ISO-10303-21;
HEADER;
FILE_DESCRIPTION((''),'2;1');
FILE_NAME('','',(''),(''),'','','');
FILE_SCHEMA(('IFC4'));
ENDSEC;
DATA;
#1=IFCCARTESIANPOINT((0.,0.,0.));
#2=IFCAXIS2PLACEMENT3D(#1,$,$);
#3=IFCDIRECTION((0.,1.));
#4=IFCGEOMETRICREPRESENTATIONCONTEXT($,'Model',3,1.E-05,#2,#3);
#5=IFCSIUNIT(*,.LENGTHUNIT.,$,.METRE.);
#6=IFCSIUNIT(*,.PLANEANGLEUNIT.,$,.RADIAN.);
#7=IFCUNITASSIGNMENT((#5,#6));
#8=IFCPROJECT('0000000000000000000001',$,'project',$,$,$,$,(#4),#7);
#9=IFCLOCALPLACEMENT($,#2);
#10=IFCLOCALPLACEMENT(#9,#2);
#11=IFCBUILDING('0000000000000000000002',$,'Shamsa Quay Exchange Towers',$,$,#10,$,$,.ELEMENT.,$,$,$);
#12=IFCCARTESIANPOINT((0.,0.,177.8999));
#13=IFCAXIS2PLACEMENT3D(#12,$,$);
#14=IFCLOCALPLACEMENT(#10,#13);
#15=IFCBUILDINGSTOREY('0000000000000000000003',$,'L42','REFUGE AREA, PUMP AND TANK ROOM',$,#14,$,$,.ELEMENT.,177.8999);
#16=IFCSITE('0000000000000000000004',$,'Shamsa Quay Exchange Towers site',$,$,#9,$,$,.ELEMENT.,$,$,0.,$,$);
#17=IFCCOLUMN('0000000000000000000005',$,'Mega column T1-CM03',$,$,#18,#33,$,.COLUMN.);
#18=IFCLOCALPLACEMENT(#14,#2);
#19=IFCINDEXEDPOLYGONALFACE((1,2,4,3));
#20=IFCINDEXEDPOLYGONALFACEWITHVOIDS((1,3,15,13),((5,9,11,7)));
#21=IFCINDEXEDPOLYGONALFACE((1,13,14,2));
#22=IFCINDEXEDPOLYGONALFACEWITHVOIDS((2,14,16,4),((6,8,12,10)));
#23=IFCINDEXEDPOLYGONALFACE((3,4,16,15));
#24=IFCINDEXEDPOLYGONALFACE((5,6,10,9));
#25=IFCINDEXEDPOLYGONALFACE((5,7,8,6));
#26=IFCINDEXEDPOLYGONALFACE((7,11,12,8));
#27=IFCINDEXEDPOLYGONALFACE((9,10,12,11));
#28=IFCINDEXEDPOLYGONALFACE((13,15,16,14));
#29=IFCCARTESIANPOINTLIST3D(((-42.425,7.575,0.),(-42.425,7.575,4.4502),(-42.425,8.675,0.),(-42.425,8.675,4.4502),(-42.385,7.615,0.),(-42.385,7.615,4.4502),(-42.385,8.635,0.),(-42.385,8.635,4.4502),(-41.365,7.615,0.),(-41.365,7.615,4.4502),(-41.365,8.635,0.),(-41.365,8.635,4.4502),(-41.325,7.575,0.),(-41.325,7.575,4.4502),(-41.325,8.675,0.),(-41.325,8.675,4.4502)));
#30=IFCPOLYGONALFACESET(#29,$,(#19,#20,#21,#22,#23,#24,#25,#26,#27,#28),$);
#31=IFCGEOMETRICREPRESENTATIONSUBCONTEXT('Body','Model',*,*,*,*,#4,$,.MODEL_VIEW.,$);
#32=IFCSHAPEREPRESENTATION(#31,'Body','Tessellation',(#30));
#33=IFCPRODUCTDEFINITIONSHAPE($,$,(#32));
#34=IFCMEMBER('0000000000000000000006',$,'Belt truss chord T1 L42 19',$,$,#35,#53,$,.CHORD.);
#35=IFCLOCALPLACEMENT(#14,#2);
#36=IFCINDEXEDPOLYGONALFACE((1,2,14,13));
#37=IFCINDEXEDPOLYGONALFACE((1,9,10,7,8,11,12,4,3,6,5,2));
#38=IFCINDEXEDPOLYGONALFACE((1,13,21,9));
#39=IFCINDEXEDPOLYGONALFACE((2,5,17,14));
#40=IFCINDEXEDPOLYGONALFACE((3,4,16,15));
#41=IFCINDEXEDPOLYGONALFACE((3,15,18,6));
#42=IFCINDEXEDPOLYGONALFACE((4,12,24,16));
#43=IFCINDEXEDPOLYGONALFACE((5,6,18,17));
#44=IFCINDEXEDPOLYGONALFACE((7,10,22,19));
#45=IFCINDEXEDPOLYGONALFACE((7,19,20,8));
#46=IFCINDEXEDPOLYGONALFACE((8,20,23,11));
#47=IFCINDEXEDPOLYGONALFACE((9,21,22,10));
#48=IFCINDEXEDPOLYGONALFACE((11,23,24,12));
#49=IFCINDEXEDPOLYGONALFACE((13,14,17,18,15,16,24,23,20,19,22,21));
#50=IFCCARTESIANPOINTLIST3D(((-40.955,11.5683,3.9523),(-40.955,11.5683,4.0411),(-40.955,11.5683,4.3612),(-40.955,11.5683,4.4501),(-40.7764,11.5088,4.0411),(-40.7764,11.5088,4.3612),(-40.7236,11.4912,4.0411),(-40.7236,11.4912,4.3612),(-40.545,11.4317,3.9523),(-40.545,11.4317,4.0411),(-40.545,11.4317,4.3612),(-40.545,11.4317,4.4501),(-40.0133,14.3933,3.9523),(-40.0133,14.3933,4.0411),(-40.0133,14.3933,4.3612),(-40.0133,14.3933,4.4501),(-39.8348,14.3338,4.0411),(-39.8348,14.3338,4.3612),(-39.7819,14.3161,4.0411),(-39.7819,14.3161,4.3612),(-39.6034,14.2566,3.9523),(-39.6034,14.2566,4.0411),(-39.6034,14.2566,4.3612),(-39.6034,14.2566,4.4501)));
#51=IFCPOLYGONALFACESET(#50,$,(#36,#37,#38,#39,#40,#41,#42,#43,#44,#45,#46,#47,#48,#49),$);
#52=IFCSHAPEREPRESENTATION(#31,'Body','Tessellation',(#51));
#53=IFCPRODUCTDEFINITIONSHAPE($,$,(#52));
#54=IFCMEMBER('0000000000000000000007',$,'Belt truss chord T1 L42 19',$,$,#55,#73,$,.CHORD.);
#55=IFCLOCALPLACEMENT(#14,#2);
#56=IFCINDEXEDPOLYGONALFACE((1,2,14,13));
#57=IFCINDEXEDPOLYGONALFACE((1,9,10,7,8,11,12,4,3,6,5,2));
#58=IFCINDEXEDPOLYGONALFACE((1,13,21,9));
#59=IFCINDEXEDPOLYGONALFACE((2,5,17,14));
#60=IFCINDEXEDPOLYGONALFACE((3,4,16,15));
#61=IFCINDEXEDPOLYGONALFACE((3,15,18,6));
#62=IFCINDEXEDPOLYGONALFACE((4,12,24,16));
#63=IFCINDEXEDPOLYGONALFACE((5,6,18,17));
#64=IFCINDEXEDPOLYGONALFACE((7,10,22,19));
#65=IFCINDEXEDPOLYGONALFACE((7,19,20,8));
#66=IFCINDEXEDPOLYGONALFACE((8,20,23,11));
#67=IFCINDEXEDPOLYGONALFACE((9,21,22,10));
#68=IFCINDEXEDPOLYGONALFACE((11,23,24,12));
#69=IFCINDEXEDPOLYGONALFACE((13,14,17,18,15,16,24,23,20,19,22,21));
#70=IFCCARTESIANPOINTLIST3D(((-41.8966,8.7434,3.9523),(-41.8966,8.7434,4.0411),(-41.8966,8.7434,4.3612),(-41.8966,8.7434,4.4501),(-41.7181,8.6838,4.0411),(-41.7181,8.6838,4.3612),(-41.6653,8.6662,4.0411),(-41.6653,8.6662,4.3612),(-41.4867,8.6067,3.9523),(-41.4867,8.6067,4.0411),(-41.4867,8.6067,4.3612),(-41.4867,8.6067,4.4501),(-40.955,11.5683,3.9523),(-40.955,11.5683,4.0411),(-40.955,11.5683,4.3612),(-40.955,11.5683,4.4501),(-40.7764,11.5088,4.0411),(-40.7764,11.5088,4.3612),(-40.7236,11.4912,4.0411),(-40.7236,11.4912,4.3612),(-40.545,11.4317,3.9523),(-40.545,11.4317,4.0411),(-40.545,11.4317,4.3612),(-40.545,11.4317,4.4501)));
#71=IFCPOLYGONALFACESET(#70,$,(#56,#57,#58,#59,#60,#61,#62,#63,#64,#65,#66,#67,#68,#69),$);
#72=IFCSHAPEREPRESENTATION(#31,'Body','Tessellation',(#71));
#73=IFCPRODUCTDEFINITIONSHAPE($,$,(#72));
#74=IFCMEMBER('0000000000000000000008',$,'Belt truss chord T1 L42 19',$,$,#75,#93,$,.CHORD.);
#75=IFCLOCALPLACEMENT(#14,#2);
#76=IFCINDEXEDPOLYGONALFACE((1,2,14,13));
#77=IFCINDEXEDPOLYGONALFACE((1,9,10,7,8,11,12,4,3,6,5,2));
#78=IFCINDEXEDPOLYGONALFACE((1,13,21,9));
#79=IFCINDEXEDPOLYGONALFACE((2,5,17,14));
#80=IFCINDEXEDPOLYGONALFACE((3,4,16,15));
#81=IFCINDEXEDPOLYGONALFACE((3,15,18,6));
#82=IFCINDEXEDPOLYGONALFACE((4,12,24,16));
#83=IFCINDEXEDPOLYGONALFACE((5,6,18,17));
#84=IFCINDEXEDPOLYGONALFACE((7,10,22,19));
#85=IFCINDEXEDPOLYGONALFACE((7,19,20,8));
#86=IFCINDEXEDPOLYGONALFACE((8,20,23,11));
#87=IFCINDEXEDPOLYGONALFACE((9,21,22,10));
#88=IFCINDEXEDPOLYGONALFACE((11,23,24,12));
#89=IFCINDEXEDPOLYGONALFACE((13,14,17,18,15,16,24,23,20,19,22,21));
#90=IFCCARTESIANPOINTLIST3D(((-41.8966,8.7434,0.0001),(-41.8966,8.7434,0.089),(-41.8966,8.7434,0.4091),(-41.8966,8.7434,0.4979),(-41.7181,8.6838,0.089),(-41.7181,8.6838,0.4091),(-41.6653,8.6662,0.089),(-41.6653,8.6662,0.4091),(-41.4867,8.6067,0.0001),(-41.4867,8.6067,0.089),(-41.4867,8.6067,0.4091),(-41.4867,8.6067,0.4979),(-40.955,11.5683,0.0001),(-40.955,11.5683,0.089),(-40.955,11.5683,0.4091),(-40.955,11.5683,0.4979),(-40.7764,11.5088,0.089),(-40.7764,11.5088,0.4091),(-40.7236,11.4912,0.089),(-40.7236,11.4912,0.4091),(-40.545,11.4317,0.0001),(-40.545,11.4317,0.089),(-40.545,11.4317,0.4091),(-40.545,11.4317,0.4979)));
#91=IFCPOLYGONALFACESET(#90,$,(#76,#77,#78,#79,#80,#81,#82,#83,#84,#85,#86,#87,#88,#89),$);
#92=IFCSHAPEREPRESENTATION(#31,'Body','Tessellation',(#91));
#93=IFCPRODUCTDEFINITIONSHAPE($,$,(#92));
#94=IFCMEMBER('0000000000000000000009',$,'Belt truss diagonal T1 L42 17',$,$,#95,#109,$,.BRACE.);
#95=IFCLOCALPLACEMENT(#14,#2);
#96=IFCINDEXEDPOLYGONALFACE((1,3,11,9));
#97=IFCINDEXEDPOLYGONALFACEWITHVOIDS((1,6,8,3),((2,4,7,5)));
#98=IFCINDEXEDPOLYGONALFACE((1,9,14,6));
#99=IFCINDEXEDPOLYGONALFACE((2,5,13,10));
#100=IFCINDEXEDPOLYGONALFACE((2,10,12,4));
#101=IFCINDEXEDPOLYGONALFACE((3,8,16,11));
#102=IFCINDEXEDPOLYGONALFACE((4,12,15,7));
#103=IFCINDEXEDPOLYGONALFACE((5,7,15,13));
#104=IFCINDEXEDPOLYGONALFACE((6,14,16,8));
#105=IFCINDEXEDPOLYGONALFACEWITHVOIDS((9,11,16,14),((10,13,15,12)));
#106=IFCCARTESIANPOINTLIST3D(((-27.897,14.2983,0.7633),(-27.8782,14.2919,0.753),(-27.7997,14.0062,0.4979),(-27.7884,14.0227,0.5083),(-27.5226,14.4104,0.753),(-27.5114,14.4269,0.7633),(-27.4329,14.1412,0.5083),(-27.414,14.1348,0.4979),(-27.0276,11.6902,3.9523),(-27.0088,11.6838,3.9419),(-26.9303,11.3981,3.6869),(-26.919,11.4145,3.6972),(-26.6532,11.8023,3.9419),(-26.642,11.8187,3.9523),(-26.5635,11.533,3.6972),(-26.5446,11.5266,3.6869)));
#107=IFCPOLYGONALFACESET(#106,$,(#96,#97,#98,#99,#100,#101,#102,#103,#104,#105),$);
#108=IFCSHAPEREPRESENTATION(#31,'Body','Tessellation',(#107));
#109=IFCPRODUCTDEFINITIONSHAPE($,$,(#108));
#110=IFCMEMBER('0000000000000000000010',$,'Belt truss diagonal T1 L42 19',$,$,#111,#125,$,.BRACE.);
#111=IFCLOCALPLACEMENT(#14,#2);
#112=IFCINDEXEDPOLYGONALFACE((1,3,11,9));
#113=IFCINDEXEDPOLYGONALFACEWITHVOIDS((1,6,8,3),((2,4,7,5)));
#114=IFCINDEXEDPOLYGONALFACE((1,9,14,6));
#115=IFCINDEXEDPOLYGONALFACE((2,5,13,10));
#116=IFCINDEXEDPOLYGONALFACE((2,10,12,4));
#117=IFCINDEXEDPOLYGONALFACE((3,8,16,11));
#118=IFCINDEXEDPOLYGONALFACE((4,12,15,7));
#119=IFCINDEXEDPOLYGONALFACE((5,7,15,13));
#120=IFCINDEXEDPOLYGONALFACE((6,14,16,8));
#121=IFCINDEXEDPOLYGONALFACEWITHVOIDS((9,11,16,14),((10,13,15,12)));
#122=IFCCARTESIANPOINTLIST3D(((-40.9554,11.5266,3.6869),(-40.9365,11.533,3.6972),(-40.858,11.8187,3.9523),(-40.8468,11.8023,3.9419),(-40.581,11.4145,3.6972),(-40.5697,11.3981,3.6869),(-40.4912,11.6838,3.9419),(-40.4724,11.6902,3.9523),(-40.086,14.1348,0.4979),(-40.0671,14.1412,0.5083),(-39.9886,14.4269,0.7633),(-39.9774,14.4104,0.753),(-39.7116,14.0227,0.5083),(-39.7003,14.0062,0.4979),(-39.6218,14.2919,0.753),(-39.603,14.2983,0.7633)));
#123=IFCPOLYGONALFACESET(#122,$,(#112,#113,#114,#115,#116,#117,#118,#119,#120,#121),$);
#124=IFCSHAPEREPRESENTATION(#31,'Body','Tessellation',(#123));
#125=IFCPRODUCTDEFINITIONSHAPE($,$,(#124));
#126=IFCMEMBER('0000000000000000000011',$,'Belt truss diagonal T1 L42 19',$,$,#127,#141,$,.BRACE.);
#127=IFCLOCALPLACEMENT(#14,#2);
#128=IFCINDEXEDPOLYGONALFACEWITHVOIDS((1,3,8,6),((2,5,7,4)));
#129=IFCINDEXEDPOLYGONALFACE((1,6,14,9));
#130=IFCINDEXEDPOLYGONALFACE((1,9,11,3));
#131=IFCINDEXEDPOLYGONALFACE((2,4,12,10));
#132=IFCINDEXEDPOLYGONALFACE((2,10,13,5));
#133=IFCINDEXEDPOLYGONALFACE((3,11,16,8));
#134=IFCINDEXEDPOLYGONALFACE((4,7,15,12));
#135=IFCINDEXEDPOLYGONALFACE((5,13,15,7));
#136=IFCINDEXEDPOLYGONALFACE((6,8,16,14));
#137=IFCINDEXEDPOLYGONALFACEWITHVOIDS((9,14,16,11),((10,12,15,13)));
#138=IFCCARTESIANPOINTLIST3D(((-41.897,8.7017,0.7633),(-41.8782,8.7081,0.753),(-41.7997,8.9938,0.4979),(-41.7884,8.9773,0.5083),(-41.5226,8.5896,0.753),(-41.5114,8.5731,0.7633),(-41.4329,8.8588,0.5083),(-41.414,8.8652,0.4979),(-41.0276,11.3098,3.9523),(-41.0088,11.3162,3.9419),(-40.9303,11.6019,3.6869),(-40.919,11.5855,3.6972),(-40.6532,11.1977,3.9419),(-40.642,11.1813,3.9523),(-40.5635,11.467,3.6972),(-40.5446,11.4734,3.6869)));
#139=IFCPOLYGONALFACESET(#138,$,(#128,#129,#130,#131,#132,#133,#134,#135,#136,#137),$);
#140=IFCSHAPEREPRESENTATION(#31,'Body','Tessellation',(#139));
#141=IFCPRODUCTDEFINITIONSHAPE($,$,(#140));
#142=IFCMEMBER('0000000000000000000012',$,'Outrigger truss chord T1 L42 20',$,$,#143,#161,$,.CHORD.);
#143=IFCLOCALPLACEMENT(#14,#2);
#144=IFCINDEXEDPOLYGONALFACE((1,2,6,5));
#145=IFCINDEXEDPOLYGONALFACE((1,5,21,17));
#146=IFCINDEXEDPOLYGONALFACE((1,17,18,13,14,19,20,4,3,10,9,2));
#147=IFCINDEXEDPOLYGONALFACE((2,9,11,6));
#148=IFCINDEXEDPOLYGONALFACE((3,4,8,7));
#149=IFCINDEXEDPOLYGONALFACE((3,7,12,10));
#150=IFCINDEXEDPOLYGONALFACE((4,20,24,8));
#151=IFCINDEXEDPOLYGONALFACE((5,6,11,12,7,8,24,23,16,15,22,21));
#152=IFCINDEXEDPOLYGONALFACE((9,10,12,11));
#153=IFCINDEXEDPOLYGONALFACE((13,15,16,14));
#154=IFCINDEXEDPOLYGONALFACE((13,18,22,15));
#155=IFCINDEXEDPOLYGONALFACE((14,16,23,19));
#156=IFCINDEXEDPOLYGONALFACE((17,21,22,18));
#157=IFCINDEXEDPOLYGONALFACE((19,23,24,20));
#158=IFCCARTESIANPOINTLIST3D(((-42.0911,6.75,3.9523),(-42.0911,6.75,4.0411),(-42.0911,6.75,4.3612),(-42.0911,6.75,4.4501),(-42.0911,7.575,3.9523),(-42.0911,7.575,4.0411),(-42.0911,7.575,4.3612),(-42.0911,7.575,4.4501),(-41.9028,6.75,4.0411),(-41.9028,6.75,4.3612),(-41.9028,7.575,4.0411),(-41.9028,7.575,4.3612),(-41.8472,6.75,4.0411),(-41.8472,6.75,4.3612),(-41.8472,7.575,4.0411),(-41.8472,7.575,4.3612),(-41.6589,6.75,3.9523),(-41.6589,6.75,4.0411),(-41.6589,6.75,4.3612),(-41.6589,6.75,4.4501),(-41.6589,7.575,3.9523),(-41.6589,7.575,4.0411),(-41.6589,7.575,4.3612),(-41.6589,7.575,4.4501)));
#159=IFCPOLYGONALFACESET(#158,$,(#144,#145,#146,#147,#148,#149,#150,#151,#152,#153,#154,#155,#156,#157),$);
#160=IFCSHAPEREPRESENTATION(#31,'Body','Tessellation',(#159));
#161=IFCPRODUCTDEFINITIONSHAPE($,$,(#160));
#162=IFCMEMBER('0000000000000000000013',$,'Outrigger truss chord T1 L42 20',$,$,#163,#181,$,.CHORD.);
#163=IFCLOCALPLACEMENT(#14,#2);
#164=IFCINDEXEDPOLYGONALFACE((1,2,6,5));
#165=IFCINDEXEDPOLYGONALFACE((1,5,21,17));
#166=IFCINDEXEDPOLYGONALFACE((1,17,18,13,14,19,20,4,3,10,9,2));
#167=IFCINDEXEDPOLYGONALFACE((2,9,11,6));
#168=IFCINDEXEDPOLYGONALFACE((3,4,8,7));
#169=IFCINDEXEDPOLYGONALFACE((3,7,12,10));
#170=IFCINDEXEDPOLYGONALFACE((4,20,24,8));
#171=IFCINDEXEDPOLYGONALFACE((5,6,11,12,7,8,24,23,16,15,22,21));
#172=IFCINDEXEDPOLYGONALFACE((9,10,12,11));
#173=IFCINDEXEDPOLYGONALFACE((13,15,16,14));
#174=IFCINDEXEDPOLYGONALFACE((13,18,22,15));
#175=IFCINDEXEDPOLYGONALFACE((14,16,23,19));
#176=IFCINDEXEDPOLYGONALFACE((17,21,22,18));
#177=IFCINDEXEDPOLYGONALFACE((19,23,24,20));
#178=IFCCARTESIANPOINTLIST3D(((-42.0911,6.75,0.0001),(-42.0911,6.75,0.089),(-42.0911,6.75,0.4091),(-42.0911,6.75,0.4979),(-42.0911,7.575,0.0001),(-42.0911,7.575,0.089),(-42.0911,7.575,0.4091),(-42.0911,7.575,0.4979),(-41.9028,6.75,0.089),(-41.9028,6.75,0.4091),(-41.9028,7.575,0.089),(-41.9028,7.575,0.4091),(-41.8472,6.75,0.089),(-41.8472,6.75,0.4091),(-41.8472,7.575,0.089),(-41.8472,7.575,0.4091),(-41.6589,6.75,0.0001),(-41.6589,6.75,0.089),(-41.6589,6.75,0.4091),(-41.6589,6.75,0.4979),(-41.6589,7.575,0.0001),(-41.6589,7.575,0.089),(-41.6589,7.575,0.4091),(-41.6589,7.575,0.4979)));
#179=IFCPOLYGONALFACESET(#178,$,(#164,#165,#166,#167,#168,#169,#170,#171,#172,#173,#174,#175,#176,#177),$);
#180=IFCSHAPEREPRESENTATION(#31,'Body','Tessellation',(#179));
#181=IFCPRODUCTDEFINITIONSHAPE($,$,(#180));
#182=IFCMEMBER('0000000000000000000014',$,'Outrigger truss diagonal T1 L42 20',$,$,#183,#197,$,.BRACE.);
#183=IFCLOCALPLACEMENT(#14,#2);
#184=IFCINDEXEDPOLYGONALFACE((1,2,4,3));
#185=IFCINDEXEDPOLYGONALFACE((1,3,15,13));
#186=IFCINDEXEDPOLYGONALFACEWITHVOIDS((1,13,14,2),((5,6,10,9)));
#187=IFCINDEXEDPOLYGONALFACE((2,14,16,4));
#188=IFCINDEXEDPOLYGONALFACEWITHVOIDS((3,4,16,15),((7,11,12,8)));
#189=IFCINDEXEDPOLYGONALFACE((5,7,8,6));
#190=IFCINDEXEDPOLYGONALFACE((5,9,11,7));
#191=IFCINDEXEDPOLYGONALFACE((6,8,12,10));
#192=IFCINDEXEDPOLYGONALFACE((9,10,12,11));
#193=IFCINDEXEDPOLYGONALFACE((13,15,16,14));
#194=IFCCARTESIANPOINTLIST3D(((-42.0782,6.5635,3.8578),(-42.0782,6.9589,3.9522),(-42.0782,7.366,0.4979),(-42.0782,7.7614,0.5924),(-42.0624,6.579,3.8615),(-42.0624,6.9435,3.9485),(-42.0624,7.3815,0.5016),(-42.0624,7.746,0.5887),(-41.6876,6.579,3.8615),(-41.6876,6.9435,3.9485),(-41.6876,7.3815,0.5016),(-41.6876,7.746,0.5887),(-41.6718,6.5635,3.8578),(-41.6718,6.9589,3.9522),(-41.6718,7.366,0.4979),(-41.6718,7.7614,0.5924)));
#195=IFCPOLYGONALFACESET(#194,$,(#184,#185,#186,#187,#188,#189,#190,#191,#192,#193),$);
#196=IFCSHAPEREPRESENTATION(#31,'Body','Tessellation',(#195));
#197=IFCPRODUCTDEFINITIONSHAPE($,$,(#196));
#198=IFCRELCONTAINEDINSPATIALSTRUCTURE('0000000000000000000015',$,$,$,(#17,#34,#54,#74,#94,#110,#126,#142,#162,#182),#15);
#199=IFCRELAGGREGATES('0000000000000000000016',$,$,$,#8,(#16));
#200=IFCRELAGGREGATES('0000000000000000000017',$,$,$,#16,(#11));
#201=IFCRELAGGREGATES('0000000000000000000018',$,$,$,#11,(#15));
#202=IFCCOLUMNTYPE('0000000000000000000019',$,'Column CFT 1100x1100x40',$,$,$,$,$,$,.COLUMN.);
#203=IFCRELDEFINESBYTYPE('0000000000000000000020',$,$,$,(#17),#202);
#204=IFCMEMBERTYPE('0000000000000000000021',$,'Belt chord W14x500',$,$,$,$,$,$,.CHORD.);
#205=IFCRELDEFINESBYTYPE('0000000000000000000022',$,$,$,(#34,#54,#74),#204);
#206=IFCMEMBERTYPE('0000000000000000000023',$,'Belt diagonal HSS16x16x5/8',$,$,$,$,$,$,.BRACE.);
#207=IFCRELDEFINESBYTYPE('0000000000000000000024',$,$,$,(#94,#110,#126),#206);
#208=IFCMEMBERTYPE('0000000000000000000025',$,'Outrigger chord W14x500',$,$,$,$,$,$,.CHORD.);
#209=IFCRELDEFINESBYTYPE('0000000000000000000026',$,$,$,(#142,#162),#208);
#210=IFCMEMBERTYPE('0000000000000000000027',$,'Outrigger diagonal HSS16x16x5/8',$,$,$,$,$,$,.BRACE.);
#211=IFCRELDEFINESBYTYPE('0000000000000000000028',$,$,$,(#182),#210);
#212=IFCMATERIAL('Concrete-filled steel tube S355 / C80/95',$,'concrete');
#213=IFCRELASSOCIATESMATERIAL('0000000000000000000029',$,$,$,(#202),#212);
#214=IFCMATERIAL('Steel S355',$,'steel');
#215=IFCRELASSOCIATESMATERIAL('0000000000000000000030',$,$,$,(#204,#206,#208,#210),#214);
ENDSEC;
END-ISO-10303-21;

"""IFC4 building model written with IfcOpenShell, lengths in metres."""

from ifc_helpers import new_model, si_unit, direction, frame, origin, origin_2d, place, context, subcontext, project, spatial, hollow_rectangle, i_section, extrude, material, material_profile, profile_set, type_object, element, save


model = new_model("IFC4")

# Units and contexts
model_context = context("Model", 3, precision=1e-05, world=origin(), true_north=direction((0.0, 1.0)))
body_context = subcontext(model_context, "Body", "Model", "MODEL_VIEW")
ifc_project = project(units=[si_unit("LENGTHUNIT", "METRE"), si_unit("PLANEANGLEUNIT", "RADIAN")], contexts=[model_context])

# Site, building, storey
site_placement = place(None, origin())
site = spatial("IfcSite", under=ifc_project, at=site_placement, Name="Shamsa Quay Exchange Towers site", CompositionType="ELEMENT", RefElevation=0.0)
building_placement = place(site_placement, origin())
building = spatial("IfcBuilding", under=site, at=building_placement, Name="Shamsa Quay Exchange Towers", CompositionType="ELEMENT")
storey_placement = place(building_placement, frame((0.0, 0.0, 177.8999)))
storey = spatial("IfcBuildingStorey", under=building, at=storey_placement, Name="L42", Description="REFUGE AREA, PUMP AND TANK ROOM", CompositionType="ELEMENT", Elevation=177.8999)

# Column
ifc_material_1 = material(Name="Concrete-filled steel tube S355 / C80/95", Category="concrete")
ifc_material_profile_1 = material_profile(ifc_material_1, hollow_rectangle(XDim=1.1001, YDim=1.1001, WallThickness=0.04, at=origin_2d()), Name="CFT 1100x1100x40")
ifc_profile_set_1 = profile_set([ifc_material_profile_1], Name="Concrete-filled steel tube S355 / C80/95")
column_type = type_object("IfcColumnType", Name="Column CFT 1100x1100x40", PredefinedType="COLUMN", material=ifc_profile_set_1)
column_placement = place(storey_placement, frame((-41.875, 8.125, 0.0)))
element("IfcColumn", 1, at=column_placement, inside=storey, type_object=column_type, Name="Mega column T1-CM03", PredefinedType="COLUMN", context=body_context, shape_type="SweptSolid", body=[
    extrude(hollow_rectangle(XDim=1.1001, YDim=1.1001, WallThickness=0.04, at=origin_2d()), origin(), (0.0, 0.0, 1.0), 4.4502),
])

# Members
ifc_material_2 = material(Name="Steel S355", Category="steel")
ifc_material_profile_2 = material_profile(ifc_material_2, i_section(OverallWidth=0.4321, OverallDepth=0.4978, WebThickness=0.0557, FlangeThickness=0.0889, at=origin_2d()), Name="W14x500")
ifc_profile_set_2 = profile_set([ifc_material_profile_2], Name="Steel S355")
member_type_1 = type_object("IfcMemberType", Name="Belt chord W14x500", PredefinedType="CHORD", material=ifc_profile_set_2)
for number, where, z_axis, x_axis, name in (
    (2, (-39.8083, 14.325, 4.2012), (-0.316228, -0.948683, 0.0), (0.948683, -0.316228, 0.0), "Belt truss chord T1 L42 19"),
    (3, (-40.75, 11.5, 4.2012), (-0.316228, -0.948683, 0.0), (0.948683, -0.316228, 0.0), "Belt truss chord T1 L42 19"),
    (4, (-40.75, 11.5, 0.249), (-0.316228, -0.948683, 0.0), (0.948683, -0.316228, 0.0), "Belt truss chord T1 L42 19"),
):
    element("IfcMember", number, at=place(storey_placement, frame(where, z_axis=z_axis, x_axis=x_axis)), inside=storey, type_object=member_type_1, Name=name, PredefinedType="CHORD", context=body_context, shape_type="SweptSolid", body=[
        extrude(i_section(OverallWidth=0.4321, OverallDepth=0.4978, WebThickness=0.0557, FlangeThickness=0.0889, at=origin_2d()), origin(), (0.0, 0.0, 1.0), 2.9778),
    ])
ifc_material_profile_3 = material_profile(ifc_material_2, hollow_rectangle(XDim=0.4065, YDim=0.4065, WallThickness=0.0159, at=origin_2d()), Name="HSS16x16x5/8")
ifc_profile_set_3 = profile_set([ifc_material_profile_3], Name="Steel S355")
member_type_2 = type_object("IfcMemberType", Name="Belt diagonal HSS16x16x5/8", PredefinedType="BRACE", material=ifc_profile_set_3)
for number, where, z_axis, x_axis, name in (
    (5, (-27.6555, 14.2166, 0.6306), (0.206483, -0.61945, 0.757395), (0.948683, 0.316228, 0.0), "Belt truss diagonal T1 L42 17"),
    (6, (-39.8445, 14.2166, 0.6306), (-0.206483, -0.61945, 0.757395), (0.948683, -0.316228, 0.0), "Belt truss diagonal T1 L42 19"),
    (7, (-41.6555, 8.7834, 0.6306), (0.206483, 0.61945, 0.757395), (-0.948683, 0.316228, 0.0), "Belt truss diagonal T1 L42 19"),
):
    element("IfcMember", number, at=place(storey_placement, frame(where, z_axis=z_axis, x_axis=x_axis)), inside=storey, type_object=member_type_2, Name=name, PredefinedType="BRACE", context=body_context, shape_type="SweptSolid", body=[
        extrude(hollow_rectangle(XDim=0.4065, YDim=0.4065, WallThickness=0.0159, at=origin_2d()), origin(), (0.0, 0.0, 1.0), 4.2104),
    ])
ifc_material_profile_4 = material_profile(ifc_material_2, i_section(OverallWidth=0.4321, OverallDepth=0.4978, WebThickness=0.0557, FlangeThickness=0.0889, at=origin_2d()), Name="W14x500")
ifc_profile_set_4 = profile_set([ifc_material_profile_4], Name="Steel S355")
member_type_3 = type_object("IfcMemberType", Name="Outrigger chord W14x500", PredefinedType="CHORD", material=ifc_profile_set_4)
for number, where, z_axis, x_axis, name in (
    (8, (-41.875, 7.575, 4.2012), (0.0, -1.0, 0.0), (1.0, 0.0, 0.0), "Outrigger truss chord T1 L42 20"),
    (9, (-41.875, 7.575, 0.249), (0.0, -1.0, 0.0), (1.0, 0.0, 0.0), "Outrigger truss chord T1 L42 20"),
):
    element("IfcMember", number, at=place(storey_placement, frame(where, z_axis=z_axis, x_axis=x_axis)), inside=storey, type_object=member_type_3, Name=name, PredefinedType="CHORD", context=body_context, shape_type="SweptSolid", body=[
        extrude(i_section(OverallWidth=0.4321, OverallDepth=0.4978, WebThickness=0.0557, FlangeThickness=0.0889, at=origin_2d()), origin(), (0.0, 0.0, 1.0), 0.825),
    ])
ifc_material_profile_5 = material_profile(ifc_material_2, hollow_rectangle(XDim=0.4065, YDim=0.4065, WallThickness=0.0159, at=origin_2d()), Name="HSS16x16x5/8")
ifc_profile_set_5 = profile_set([ifc_material_profile_5], Name="Steel S355")
member_type_4 = type_object("IfcMemberType", Name="Outrigger diagonal HSS16x16x5/8", PredefinedType="BRACE", material=ifc_profile_set_5)
member_placement = place(storey_placement, frame((-41.875, 7.5637, 0.5452), z_axis=(0.0, -0.232312, 0.972641), x_axis=(1.0, 0.0, 0.0)))
element("IfcMember", 10, at=member_placement, inside=storey, type_object=member_type_4, Name="Outrigger truss diagonal T1 L42 20", PredefinedType="BRACE", context=body_context, shape_type="SweptSolid", body=[
    extrude(hollow_rectangle(XDim=0.4065, YDim=0.4065, WallThickness=0.0159, at=origin_2d()), origin(), (0.0, 0.0, 1.0), 3.4543),
])

save(model, "model.ifc")
